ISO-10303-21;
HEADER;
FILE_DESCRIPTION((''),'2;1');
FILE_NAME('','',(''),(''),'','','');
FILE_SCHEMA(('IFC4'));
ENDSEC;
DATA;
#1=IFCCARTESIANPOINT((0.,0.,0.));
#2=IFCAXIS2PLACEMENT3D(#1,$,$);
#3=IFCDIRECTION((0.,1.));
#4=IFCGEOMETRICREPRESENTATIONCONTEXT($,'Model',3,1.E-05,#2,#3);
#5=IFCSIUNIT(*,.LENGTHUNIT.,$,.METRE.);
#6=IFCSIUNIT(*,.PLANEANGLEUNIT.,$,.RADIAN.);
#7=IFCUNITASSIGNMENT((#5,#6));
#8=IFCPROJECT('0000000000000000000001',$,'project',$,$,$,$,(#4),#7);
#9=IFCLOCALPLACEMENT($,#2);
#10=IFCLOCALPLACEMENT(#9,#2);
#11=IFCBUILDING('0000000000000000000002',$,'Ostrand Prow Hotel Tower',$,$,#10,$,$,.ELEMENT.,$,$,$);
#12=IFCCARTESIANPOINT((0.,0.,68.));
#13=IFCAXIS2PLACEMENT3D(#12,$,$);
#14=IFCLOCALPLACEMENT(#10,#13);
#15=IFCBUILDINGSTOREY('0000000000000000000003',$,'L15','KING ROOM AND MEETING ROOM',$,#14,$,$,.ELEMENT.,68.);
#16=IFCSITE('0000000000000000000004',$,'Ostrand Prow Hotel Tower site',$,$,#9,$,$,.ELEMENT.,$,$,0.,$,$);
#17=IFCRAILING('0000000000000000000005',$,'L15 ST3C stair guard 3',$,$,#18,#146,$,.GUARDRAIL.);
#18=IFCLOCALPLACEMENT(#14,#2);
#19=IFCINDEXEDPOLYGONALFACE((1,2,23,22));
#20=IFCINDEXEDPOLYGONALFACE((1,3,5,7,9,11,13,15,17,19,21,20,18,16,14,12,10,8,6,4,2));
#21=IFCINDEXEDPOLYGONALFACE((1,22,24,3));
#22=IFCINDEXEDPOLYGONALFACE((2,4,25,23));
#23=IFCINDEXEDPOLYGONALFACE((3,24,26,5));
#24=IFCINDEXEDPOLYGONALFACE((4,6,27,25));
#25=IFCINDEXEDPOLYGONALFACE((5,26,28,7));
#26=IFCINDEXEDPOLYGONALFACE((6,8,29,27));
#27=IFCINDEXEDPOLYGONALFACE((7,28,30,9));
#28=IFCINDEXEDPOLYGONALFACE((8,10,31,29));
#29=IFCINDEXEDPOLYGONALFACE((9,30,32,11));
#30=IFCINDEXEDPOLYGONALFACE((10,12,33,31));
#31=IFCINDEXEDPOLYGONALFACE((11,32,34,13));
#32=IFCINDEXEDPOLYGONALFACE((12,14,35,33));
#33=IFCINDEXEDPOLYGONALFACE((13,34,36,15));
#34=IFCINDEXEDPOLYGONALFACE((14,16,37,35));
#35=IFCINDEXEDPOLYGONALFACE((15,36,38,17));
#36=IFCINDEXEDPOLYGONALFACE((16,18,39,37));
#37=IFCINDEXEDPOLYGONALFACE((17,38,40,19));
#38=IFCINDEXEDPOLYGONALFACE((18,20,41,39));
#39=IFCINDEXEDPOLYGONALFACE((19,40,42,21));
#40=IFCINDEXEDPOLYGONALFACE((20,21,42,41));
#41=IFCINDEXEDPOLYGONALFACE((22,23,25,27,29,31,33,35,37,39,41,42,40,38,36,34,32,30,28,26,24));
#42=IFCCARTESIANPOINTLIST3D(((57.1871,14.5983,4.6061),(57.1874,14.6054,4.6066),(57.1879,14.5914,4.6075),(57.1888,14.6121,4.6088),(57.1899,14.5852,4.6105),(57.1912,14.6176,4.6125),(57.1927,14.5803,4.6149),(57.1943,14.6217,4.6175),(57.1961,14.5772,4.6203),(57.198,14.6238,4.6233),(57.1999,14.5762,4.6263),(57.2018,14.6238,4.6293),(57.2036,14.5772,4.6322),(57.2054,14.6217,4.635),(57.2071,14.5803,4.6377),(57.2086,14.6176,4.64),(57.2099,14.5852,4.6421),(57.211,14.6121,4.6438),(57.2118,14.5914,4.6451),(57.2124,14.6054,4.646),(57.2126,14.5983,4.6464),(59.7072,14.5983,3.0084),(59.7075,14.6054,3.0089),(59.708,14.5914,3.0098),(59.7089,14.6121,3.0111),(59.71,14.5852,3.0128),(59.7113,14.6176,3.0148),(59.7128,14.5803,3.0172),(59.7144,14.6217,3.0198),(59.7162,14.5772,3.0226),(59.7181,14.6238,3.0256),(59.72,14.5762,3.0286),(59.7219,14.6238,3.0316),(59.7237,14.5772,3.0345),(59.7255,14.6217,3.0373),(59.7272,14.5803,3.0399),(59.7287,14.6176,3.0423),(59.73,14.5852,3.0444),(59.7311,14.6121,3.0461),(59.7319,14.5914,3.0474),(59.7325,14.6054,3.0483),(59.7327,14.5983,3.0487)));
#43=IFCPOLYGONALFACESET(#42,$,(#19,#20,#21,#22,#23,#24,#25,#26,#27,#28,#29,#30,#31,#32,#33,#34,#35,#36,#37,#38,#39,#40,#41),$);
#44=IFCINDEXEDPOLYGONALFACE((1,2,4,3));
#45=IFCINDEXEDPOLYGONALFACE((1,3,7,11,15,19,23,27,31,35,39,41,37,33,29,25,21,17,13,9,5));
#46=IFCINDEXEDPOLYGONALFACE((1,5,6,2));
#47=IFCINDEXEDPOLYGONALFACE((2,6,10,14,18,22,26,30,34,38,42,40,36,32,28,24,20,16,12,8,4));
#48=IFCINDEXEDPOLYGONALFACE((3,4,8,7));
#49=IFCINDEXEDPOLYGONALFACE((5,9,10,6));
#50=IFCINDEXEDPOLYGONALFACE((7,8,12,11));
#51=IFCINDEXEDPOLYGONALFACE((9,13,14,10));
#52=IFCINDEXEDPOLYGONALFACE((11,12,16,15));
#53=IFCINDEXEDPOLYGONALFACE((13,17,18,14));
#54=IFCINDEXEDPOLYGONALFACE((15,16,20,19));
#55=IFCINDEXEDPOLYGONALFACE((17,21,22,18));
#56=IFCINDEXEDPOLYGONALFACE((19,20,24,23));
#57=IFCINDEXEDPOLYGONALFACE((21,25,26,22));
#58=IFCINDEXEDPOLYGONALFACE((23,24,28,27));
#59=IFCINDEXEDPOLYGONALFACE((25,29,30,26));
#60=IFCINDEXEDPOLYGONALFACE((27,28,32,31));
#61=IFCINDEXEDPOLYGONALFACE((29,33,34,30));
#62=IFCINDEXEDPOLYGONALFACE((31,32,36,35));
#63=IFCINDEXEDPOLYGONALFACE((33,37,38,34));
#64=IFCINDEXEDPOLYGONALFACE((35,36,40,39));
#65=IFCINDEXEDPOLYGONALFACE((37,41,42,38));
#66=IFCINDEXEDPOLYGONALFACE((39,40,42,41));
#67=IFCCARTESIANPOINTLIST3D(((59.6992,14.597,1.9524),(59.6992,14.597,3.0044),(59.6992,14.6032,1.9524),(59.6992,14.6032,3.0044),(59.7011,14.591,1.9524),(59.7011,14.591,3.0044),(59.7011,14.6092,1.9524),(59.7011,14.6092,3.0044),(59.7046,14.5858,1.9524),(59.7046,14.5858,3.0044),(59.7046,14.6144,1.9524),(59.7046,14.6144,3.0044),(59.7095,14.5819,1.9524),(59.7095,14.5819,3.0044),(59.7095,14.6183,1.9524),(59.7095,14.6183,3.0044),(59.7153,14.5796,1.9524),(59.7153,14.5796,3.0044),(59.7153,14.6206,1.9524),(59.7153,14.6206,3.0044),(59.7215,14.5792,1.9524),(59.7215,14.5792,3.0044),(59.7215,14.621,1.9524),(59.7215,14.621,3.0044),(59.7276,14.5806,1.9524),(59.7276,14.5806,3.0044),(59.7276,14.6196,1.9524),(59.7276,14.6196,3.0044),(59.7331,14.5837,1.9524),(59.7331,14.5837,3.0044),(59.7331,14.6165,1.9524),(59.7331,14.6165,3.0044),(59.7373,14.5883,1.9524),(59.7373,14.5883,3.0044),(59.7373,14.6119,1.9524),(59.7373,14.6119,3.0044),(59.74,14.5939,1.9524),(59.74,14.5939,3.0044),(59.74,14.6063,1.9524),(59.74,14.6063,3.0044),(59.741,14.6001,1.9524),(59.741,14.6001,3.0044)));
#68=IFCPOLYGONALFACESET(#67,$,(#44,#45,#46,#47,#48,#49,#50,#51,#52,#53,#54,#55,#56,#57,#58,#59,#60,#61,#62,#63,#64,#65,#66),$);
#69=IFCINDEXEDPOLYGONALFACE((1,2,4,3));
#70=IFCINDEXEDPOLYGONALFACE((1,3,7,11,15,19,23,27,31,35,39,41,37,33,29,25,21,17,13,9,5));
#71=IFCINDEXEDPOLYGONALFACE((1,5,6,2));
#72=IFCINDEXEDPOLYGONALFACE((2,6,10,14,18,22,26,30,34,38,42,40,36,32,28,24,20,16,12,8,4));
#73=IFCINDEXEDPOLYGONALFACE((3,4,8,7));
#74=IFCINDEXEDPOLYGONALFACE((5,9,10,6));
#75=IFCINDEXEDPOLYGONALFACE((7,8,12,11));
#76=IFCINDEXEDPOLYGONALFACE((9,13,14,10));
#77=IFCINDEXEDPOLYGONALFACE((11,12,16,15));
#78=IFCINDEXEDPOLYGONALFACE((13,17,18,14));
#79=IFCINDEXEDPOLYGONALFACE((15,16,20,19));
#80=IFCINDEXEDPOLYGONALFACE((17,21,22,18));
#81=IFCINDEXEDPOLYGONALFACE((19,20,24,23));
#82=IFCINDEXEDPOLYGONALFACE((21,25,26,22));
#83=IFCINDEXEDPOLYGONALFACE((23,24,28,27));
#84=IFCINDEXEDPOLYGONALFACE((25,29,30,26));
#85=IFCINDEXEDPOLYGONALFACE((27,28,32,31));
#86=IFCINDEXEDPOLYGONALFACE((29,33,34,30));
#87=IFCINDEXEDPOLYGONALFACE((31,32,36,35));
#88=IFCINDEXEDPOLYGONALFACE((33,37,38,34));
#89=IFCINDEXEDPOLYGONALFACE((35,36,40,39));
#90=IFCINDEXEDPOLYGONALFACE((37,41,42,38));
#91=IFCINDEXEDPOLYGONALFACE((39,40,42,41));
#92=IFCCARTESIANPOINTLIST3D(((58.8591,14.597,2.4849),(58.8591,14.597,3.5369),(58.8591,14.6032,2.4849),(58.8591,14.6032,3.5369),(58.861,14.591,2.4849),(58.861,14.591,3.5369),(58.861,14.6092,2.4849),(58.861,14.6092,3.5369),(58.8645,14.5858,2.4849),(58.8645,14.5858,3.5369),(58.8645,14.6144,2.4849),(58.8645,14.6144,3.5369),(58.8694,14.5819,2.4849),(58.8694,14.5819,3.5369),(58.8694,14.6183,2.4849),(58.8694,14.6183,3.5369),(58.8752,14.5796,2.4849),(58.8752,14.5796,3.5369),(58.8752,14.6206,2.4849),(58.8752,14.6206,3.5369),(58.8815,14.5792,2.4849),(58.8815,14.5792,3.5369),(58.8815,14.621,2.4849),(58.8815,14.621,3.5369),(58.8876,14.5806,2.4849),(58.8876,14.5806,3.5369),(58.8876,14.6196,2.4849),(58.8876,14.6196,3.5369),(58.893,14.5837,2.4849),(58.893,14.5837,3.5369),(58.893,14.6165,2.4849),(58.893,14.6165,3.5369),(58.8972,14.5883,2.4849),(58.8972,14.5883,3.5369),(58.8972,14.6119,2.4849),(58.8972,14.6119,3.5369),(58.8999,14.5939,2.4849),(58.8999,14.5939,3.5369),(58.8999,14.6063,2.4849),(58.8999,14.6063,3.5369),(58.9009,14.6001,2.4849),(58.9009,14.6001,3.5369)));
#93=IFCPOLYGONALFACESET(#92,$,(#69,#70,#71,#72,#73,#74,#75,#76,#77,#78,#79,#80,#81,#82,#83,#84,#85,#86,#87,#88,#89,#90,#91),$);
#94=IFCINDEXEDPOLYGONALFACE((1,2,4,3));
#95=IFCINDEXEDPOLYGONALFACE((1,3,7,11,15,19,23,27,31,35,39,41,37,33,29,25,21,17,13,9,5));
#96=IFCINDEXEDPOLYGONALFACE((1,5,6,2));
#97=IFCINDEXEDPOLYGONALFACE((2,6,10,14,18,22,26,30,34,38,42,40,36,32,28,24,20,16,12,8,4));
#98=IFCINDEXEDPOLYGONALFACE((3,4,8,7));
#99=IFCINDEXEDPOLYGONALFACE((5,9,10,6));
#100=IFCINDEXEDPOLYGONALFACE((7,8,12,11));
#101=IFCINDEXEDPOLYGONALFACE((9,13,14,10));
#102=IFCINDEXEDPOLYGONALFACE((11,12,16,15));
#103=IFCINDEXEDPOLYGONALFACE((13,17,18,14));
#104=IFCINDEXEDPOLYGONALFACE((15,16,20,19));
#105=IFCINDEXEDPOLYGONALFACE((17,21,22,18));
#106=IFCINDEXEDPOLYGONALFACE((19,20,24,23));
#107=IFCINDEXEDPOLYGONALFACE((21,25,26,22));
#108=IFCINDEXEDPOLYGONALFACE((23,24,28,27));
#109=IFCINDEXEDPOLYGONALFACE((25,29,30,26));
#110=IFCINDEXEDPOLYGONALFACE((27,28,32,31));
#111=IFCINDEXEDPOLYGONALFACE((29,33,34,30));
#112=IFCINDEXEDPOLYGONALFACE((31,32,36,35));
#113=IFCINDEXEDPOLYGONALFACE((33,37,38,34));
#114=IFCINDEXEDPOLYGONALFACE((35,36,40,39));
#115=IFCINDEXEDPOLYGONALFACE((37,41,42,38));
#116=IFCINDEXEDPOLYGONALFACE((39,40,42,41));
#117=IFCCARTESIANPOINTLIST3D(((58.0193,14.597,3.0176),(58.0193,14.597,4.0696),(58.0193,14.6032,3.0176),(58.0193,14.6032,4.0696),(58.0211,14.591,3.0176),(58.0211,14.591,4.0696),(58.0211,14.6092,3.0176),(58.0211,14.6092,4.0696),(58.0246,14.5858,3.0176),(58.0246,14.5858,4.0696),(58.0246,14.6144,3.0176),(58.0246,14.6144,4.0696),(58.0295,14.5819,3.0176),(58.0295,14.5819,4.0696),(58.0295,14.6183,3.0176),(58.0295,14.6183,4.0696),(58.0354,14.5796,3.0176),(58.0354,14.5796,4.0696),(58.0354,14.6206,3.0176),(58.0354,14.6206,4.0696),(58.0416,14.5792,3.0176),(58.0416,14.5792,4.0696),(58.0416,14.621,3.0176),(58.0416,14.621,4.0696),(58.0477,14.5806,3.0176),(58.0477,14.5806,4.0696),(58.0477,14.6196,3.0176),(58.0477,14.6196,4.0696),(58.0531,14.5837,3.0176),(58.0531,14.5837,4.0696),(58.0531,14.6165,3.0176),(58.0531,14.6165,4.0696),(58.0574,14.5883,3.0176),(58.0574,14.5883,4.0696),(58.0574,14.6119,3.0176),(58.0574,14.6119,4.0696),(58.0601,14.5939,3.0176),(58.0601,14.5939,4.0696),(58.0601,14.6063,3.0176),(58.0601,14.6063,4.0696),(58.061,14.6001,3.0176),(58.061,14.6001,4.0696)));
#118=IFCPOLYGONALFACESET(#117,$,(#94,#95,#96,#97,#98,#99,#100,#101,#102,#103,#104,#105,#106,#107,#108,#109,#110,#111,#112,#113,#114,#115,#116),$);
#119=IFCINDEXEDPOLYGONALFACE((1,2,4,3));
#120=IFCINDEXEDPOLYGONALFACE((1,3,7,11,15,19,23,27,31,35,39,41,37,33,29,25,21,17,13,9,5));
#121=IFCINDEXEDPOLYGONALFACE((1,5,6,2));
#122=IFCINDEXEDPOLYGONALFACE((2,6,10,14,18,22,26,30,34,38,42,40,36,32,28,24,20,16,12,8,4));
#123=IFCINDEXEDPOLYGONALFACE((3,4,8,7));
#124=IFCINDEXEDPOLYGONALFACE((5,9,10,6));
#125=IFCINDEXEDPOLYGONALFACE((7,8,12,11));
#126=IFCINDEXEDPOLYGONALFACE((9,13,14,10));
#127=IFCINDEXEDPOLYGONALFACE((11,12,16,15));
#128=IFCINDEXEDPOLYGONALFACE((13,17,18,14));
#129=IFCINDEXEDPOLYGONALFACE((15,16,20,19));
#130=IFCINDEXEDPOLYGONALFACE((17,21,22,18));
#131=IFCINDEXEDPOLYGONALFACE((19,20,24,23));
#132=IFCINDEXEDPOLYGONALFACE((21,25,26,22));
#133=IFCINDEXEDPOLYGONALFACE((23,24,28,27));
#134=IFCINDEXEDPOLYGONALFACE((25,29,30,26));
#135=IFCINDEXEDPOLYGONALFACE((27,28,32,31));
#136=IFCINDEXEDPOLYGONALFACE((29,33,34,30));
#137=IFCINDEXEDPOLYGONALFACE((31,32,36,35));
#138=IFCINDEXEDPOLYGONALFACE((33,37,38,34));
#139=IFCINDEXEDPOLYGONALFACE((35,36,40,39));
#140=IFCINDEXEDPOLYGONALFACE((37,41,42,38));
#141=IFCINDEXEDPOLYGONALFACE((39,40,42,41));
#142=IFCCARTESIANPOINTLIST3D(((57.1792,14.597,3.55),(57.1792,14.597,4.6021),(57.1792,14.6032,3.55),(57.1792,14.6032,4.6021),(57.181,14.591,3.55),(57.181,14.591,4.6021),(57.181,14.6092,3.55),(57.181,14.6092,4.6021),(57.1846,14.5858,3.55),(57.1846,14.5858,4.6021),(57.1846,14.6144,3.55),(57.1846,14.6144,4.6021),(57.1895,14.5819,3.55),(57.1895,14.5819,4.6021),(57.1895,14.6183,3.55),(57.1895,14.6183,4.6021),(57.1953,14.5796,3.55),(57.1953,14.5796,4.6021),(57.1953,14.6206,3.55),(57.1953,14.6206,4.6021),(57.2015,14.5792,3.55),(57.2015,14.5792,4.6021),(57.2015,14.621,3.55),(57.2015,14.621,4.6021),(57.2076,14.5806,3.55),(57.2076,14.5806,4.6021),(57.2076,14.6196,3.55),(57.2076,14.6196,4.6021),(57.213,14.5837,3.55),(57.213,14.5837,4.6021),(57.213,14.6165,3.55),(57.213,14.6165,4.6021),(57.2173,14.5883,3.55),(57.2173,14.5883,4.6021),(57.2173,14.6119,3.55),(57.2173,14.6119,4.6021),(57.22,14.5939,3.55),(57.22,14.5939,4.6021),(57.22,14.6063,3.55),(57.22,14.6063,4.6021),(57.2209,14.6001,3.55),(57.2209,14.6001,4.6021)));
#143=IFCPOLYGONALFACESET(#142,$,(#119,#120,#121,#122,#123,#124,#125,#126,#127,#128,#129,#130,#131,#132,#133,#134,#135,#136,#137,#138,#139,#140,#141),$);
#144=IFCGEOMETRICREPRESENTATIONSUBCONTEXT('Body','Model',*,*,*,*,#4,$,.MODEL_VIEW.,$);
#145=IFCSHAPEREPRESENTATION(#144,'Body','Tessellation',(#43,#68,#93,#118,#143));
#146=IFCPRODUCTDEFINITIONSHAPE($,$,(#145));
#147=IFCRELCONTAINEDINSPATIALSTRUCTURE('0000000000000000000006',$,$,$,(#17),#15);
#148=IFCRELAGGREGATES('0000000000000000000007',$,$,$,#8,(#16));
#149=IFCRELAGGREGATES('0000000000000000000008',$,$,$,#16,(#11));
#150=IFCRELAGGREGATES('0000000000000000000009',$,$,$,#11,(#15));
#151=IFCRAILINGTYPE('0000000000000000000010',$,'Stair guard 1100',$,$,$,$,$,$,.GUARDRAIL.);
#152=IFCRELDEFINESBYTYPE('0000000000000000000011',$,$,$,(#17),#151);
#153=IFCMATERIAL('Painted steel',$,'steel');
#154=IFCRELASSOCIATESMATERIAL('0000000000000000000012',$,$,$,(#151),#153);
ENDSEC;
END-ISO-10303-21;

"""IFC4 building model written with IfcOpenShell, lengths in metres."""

from ifc_helpers import new_model, si_unit, direction, frame, origin, origin_2d, place, context, subcontext, project, spatial, circle, extrude, material, type_object, element, save


model = new_model("IFC4")

# Units and contexts
model_context = context("Model", 3, precision=1e-05, world=origin(), true_north=direction((0.0, 1.0)))
body_context = subcontext(model_context, "Body", "Model", "MODEL_VIEW")
ifc_project = project(units=[si_unit("LENGTHUNIT", "METRE"), si_unit("PLANEANGLEUNIT", "RADIAN")], contexts=[model_context])

# Site, building, storey
site_placement = place(None, origin())
site = spatial("IfcSite", under=ifc_project, at=site_placement, Name="Ostrand Prow Hotel Tower site", CompositionType="ELEMENT", RefElevation=0.0)
building_placement = place(site_placement, origin())
building = spatial("IfcBuilding", under=site, at=building_placement, Name="Ostrand Prow Hotel Tower", CompositionType="ELEMENT")
storey_placement = place(building_placement, frame((0.0, 0.0, 68.0)))
storey = spatial("IfcBuildingStorey", under=building, at=storey_placement, Name="L15", Description="KING ROOM AND MEETING ROOM", CompositionType="ELEMENT", Elevation=68.0)

# Railing
ifc_material_1 = material(Name="Painted steel", Category="steel")
railing_type_1 = type_object("IfcRailingType", Name="Stair guard 1100", PredefinedType="GUARDRAIL", material=ifc_material_1)
railing_1_placement = place(storey_placement, frame((59.72, 14.6001, 1.9524)))
element("IfcRailing", 1, at=railing_1_placement, inside=storey, type_object=railing_type_1, Name="L15 ST3C stair guard 3", PredefinedType="GUARDRAIL", context=body_context, shape_type="SweptSolid", body=[
    extrude(circle(Radius=0.0239, at=origin_2d()), frame((0.0, 0.0, 1.0762), z_axis=(-0.84457, 0.0, 0.535445), x_axis=(0.0, -1.0, 0.0)), (0.0, 0.0, 1.0), 2.9839),
    extrude(circle(Radius=0.021, at=origin_2d()), origin(), (0.0, 0.0, 1.0), 1.052),
    extrude(circle(Radius=0.021, at=origin_2d()), frame((-0.8401, 0.0, 0.5325)), (0.0, 0.0, 1.0), 1.052),
    extrude(circle(Radius=0.021, at=origin_2d()), frame((-1.6799, 0.0, 1.0652)), (0.0, 0.0, 1.0), 1.052),
    extrude(circle(Radius=0.021, at=origin_2d()), frame((-2.52, 0.0, 1.5977)), (0.0, 0.0, 1.0), 1.052),
])

save(model, "model.ifc")
